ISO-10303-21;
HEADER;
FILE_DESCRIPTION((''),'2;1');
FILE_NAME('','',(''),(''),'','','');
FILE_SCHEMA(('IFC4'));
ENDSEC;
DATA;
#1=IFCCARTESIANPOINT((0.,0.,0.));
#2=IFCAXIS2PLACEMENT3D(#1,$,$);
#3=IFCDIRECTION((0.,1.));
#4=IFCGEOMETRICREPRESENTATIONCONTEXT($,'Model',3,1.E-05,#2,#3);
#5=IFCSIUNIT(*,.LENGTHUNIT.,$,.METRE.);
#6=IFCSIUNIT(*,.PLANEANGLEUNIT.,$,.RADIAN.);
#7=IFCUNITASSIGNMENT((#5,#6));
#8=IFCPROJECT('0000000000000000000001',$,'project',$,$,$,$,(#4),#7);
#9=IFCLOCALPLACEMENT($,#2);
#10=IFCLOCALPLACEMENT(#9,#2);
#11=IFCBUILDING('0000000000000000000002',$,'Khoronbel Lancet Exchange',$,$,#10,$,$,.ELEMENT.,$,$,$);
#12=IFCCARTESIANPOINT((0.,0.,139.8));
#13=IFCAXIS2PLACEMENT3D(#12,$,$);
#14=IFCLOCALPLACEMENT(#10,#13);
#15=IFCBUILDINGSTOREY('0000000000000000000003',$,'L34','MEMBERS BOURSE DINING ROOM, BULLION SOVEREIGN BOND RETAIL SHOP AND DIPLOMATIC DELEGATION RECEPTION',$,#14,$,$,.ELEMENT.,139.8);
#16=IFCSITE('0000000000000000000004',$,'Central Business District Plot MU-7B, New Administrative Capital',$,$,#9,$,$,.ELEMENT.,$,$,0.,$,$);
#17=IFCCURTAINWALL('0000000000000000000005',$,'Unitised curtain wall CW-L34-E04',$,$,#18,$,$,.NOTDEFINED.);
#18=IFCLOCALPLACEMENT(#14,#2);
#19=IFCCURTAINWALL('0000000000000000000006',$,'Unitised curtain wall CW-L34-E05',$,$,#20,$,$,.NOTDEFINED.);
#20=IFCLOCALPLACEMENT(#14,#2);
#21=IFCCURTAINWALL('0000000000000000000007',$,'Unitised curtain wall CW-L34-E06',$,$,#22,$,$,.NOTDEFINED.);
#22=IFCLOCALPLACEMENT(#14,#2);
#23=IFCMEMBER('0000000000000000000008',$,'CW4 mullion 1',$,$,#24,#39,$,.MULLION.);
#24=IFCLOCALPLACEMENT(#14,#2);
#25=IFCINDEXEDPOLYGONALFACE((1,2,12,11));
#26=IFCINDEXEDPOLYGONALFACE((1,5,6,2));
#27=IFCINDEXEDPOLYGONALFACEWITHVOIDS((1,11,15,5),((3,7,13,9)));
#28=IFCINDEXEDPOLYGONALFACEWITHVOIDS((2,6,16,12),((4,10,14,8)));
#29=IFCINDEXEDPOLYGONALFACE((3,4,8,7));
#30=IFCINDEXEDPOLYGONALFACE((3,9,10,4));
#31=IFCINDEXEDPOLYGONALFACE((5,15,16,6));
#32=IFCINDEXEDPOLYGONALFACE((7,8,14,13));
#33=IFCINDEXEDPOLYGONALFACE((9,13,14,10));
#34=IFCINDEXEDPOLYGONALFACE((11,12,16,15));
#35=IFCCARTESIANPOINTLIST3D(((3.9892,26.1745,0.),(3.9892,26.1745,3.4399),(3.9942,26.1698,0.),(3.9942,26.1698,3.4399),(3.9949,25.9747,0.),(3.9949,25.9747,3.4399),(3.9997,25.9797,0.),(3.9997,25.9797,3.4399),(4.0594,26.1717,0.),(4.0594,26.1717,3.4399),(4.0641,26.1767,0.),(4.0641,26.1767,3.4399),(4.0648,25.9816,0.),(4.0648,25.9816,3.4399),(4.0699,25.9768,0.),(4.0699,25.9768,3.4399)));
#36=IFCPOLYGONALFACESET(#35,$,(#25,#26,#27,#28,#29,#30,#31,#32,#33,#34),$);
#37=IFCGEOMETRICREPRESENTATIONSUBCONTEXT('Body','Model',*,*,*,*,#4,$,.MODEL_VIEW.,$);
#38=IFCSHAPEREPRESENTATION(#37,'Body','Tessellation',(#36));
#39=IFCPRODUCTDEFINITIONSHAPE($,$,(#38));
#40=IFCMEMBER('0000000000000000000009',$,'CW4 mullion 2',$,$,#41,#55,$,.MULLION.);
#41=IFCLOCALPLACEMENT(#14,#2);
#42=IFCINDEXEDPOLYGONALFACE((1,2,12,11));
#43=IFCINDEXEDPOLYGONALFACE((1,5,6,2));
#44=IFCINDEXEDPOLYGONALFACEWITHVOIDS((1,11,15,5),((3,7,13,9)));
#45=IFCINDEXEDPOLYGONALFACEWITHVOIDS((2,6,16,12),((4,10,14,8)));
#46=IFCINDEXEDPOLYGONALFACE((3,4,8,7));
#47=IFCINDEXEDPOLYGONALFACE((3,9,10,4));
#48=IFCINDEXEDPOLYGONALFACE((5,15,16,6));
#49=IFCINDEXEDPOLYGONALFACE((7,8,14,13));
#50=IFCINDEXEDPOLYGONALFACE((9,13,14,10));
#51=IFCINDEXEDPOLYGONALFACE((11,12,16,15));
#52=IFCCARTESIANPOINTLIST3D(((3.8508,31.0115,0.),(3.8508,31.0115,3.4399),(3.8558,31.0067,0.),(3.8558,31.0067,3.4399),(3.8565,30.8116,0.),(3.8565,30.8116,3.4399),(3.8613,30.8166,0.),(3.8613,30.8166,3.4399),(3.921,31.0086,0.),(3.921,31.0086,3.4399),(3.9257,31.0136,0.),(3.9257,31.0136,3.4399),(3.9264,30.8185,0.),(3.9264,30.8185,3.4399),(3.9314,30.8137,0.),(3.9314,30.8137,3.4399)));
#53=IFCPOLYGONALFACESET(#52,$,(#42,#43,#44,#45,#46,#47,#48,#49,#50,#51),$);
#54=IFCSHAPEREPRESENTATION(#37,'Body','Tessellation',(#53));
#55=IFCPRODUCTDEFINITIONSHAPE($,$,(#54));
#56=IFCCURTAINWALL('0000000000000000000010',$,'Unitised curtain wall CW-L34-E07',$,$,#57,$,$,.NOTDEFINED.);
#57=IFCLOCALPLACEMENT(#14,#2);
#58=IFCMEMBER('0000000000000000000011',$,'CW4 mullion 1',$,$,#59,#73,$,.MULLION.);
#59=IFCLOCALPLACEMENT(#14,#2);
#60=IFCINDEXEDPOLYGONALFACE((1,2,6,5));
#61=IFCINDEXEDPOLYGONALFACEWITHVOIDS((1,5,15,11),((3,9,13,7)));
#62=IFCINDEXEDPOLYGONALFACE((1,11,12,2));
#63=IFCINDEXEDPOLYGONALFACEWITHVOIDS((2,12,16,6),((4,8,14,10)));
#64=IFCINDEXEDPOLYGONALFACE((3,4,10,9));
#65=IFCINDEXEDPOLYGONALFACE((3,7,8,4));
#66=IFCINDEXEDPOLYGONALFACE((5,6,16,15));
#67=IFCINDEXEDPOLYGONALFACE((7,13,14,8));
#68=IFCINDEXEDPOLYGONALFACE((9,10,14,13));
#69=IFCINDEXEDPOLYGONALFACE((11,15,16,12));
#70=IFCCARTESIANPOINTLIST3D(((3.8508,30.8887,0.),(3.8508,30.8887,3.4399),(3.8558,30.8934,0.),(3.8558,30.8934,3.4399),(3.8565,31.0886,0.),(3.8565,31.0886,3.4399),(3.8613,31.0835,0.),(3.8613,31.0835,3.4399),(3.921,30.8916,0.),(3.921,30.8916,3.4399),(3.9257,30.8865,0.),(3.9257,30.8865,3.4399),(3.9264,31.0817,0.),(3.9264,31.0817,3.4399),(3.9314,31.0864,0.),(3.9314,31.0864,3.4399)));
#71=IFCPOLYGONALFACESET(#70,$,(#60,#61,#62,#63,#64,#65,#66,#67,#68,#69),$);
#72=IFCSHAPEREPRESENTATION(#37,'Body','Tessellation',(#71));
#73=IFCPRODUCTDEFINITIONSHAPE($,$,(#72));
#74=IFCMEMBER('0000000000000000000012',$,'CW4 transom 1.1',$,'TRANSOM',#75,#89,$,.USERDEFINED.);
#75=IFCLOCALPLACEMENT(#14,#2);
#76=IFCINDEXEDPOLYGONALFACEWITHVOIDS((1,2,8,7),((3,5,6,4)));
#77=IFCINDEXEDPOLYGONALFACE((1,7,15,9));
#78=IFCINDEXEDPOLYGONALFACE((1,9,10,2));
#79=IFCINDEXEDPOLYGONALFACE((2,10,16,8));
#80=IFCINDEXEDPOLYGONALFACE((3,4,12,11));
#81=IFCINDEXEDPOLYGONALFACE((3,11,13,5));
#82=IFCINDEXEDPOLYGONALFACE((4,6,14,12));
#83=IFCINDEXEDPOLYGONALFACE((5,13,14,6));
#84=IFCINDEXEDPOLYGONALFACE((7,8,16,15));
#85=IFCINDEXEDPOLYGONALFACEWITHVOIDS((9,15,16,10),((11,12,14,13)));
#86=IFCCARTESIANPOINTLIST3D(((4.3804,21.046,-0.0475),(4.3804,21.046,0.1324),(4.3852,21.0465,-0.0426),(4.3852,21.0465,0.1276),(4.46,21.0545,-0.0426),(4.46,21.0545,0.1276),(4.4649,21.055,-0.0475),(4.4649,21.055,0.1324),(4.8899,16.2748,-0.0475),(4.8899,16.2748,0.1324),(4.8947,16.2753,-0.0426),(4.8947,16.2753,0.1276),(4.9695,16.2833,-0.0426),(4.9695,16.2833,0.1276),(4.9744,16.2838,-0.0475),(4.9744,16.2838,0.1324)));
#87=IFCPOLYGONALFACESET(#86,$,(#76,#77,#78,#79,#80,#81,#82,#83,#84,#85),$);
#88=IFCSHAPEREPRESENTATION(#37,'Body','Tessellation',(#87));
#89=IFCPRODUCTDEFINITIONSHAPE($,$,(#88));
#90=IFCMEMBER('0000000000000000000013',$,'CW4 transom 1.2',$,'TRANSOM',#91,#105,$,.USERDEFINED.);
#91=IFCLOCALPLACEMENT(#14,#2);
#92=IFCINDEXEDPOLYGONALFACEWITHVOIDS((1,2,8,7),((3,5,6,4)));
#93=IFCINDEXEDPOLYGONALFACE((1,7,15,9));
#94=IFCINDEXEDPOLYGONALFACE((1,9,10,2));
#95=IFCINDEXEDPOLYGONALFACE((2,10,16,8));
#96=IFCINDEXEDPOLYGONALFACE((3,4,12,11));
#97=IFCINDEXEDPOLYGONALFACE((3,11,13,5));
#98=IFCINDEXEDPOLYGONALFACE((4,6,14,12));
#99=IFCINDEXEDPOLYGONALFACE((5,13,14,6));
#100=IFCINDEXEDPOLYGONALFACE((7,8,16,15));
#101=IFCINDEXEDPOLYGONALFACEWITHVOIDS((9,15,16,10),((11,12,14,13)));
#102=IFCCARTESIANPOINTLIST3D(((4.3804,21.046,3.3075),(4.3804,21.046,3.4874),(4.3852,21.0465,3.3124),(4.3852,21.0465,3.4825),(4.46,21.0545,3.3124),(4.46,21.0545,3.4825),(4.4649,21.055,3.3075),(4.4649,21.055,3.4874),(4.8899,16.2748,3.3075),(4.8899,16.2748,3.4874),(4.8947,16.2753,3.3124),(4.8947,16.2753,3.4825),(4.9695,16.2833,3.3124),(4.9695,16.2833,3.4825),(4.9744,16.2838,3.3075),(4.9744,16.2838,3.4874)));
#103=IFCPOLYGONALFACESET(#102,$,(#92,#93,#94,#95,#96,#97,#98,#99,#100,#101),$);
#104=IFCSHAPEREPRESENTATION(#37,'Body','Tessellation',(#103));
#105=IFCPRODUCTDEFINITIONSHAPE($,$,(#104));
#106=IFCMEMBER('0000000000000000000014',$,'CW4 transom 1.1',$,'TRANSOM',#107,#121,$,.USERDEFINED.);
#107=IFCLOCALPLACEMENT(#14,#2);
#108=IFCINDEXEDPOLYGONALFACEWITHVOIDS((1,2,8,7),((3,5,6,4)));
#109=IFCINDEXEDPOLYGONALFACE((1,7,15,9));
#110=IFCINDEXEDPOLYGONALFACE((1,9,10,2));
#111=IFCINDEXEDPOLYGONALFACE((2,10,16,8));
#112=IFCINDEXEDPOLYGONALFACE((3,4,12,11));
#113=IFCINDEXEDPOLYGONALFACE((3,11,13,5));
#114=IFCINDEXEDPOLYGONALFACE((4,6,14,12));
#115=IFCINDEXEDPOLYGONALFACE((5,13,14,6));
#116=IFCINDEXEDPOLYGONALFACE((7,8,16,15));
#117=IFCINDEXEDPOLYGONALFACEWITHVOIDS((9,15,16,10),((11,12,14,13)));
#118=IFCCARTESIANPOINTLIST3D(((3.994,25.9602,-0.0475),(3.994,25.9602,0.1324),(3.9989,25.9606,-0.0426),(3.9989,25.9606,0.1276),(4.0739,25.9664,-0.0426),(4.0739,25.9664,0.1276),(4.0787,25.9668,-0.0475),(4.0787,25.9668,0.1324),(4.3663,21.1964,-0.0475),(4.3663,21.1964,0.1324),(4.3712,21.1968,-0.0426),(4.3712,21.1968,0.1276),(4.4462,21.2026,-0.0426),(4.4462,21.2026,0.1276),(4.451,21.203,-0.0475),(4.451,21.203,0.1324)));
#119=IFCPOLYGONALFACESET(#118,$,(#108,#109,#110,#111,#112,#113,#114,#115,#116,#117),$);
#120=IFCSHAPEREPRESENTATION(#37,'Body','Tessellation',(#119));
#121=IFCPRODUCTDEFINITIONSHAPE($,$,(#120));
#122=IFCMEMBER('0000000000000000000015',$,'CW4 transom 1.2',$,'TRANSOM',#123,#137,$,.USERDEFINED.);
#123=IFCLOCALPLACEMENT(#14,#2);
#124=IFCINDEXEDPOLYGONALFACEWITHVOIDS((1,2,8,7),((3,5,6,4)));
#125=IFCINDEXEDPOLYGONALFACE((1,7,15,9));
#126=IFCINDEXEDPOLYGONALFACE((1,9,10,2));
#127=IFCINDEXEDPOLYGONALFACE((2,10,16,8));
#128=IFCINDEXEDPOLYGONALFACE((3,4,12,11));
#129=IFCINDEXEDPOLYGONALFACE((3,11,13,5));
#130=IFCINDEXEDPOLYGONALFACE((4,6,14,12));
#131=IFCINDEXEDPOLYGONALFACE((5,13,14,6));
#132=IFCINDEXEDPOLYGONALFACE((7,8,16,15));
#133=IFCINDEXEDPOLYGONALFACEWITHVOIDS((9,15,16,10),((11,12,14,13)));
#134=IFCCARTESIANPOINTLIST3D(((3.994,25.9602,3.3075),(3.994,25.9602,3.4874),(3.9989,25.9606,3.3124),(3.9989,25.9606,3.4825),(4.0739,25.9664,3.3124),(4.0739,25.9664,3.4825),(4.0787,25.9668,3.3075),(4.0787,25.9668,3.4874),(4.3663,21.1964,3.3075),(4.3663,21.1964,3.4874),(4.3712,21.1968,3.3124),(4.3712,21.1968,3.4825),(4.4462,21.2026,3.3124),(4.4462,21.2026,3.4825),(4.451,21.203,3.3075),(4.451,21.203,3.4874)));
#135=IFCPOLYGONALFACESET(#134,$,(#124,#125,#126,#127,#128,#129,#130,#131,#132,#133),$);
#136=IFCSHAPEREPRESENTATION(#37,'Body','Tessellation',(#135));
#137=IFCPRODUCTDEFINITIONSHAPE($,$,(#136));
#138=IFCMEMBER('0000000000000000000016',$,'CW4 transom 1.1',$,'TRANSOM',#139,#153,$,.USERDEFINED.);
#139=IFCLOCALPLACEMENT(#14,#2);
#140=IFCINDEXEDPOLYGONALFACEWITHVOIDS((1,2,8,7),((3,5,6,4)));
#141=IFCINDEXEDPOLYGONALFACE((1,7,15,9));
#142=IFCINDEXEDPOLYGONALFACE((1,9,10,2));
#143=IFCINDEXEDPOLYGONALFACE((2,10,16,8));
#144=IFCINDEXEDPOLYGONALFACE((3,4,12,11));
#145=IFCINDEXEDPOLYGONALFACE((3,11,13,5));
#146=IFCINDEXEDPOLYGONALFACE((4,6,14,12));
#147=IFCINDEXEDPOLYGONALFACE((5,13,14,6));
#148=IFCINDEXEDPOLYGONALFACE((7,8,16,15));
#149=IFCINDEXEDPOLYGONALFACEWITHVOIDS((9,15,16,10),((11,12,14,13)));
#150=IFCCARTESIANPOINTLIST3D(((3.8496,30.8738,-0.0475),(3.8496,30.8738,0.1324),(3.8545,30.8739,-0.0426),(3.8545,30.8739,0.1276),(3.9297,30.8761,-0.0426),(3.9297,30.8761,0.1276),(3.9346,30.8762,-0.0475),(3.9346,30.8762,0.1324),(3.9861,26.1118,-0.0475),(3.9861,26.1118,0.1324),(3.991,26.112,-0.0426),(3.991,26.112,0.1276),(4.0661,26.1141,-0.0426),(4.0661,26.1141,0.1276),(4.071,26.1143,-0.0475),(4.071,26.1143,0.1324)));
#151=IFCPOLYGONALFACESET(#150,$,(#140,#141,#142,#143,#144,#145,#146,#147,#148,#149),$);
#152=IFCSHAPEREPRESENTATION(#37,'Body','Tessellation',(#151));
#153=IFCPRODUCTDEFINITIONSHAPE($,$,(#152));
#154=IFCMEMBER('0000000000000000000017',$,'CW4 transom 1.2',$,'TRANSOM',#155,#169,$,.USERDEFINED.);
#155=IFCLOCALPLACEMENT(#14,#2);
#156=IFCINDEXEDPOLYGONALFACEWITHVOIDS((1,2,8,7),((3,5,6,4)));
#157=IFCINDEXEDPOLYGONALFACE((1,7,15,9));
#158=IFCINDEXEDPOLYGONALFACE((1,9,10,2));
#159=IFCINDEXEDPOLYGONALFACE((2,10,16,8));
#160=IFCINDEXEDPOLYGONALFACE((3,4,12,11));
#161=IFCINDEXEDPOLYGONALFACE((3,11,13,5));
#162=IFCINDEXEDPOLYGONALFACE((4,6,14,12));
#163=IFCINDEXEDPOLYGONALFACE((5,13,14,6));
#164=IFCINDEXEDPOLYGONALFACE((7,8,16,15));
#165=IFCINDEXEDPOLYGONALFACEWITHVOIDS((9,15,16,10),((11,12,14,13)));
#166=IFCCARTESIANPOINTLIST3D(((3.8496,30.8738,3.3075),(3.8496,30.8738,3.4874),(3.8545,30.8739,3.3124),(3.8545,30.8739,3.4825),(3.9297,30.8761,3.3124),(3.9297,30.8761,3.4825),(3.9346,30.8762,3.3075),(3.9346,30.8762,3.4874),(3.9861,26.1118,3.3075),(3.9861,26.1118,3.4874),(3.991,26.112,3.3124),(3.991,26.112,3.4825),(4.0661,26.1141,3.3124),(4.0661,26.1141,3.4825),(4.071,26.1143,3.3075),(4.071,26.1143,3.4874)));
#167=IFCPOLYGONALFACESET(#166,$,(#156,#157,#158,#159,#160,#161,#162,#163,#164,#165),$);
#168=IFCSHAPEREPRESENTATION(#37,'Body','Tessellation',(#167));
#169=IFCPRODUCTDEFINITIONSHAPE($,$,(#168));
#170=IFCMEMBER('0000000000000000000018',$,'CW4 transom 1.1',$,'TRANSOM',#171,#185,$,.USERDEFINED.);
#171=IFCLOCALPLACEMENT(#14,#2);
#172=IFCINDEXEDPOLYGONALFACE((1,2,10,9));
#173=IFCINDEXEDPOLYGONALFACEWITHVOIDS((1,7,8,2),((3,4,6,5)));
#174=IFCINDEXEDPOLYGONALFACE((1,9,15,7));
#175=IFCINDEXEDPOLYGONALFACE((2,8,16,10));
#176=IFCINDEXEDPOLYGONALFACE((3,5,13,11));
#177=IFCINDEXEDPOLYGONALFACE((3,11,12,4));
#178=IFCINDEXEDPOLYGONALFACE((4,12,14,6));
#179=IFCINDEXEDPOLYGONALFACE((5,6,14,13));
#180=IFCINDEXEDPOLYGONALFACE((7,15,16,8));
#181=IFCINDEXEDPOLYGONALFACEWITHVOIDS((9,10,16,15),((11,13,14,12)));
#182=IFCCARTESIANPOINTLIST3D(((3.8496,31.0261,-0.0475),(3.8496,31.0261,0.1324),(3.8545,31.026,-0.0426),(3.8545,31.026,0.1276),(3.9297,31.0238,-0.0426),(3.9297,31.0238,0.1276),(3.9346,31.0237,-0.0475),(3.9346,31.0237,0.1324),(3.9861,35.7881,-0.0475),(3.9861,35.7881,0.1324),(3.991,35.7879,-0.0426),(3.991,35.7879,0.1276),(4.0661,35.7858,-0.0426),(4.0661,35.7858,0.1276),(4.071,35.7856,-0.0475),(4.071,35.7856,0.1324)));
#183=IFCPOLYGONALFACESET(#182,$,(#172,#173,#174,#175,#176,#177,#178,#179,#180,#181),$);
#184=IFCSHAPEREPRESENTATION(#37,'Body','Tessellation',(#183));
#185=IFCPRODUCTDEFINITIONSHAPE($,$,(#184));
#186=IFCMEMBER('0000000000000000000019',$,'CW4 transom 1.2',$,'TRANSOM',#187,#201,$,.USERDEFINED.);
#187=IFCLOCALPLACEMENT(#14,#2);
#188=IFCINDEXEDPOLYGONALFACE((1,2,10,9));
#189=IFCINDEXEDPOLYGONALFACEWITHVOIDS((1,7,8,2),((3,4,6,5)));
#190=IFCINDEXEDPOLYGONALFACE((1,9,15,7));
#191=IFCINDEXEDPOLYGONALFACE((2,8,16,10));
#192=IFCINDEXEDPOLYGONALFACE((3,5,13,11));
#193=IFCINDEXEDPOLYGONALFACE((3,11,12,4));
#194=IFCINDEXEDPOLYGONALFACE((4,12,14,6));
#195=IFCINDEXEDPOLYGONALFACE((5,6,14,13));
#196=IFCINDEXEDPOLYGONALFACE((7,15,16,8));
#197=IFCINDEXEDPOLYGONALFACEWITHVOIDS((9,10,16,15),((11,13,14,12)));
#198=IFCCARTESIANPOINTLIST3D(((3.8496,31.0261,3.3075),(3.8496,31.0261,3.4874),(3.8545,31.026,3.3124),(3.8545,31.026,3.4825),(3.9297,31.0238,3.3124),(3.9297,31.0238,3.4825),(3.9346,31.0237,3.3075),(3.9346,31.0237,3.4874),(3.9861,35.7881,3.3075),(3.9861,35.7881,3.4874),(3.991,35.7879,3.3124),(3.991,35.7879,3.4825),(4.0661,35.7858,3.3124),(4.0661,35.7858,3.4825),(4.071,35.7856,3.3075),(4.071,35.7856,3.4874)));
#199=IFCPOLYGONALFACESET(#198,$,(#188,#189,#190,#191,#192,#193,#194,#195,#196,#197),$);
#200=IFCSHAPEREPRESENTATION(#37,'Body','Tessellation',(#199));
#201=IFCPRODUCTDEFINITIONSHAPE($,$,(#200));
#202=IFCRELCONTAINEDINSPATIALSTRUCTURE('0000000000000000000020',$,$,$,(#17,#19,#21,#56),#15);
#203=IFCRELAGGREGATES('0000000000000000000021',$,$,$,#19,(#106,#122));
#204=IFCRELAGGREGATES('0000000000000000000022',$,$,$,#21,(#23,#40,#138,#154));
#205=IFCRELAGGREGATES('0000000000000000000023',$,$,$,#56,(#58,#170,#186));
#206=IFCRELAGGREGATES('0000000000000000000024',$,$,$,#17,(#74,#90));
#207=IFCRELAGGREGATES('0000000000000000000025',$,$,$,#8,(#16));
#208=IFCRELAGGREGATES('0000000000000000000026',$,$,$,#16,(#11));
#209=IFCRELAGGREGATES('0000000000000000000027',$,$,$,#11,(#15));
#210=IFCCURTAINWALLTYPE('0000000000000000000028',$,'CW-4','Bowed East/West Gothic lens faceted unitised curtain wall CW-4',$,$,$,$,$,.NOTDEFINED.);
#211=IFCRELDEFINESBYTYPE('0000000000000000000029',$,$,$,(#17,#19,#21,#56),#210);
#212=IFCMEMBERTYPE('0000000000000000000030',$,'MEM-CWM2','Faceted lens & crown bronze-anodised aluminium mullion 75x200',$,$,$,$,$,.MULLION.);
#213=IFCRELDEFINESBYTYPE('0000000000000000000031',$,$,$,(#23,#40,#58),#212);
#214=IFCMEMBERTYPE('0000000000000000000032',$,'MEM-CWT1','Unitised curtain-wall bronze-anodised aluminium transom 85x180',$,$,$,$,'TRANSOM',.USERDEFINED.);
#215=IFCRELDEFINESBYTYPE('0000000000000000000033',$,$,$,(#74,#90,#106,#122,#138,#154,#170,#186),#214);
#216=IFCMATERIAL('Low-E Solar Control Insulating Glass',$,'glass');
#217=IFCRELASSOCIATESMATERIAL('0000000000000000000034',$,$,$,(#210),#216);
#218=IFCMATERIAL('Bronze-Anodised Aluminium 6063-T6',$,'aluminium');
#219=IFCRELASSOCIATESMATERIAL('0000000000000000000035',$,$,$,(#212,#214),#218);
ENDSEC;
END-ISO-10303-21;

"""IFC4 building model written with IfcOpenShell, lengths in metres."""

from ifc_helpers import new_model, si_unit, direction, frame, origin, origin_2d, place, context, subcontext, project, spatial, hollow_rectangle, extrude, material, material_profile, profile_set, type_object, element, aggregate, save


model = new_model("IFC4")

# Units and contexts
model_context = context("Model", 3, precision=1e-05, world=origin(), true_north=direction((0.0, 1.0)))
body_context = subcontext(model_context, "Body", "Model", "MODEL_VIEW")
ifc_project = project(units=[si_unit("LENGTHUNIT", "METRE"), si_unit("PLANEANGLEUNIT", "RADIAN")], contexts=[model_context])

# Site, building, storey
site_placement = place(None, origin())
site = spatial("IfcSite", under=ifc_project, at=site_placement, Name="Central Business District Plot MU-7B, New Administrative Capital", CompositionType="ELEMENT", RefElevation=0.0)
building_placement = place(site_placement, origin())
building = spatial("IfcBuilding", under=site, at=building_placement, Name="Khoronbel Lancet Exchange", CompositionType="ELEMENT")
storey_placement = place(building_placement, frame((0.0, 0.0, 139.8)))
storey = spatial("IfcBuildingStorey", under=building, at=storey_placement, Name="L34", Description="MEMBERS BOURSE DINING ROOM, BULLION SOVEREIGN BOND RETAIL SHOP AND DIPLOMATIC DELEGATION RECEPTION", CompositionType="ELEMENT", Elevation=139.8)

# Curtain walls, members
ifc_material_1 = material(Name="Low-E Solar Control Insulating Glass", Category="glass")
curtain_wall_type = type_object("IfcCurtainWallType", Name="CW-4", Description="Bowed East/West Gothic lens faceted unitised curtain wall CW-4", PredefinedType="NOTDEFINED", material=ifc_material_1)
curtain_wall_1_placement = place(storey_placement, origin())
curtain_wall_1 = element("IfcCurtainWall", 1, at=curtain_wall_1_placement, inside=storey, type_object=curtain_wall_type, Name="Unitised curtain wall CW-L34-E04", PredefinedType="NOTDEFINED")
ifc_material_2 = material(Name="Bronze-Anodised Aluminium 6063-T6", Category="aluminium")
ifc_material_profile_1 = material_profile(ifc_material_2, hollow_rectangle(XDim=0.075, YDim=0.2, WallThickness=0.0049, at=origin_2d()), Name="ALU MULLION 75x200")
ifc_profile_set_1 = profile_set([ifc_material_profile_1], Name="Bronze-Anodised Aluminium 6063-T6")
member_type_1 = type_object("IfcMemberType", Name="MEM-CWM2", Description="Faceted lens & crown bronze-anodised aluminium mullion 75x200", PredefinedType="MULLION", material=ifc_profile_set_1)
curtain_wall_2_placement = place(storey_placement, origin())
curtain_wall_2 = element("IfcCurtainWall", 2, at=curtain_wall_2_placement, inside=storey, type_object=curtain_wall_type, Name="Unitised curtain wall CW-L34-E05", PredefinedType="NOTDEFINED")
curtain_wall_3_placement = place(storey_placement, origin())
curtain_wall_3 = element("IfcCurtainWall", 3, at=curtain_wall_3_placement, inside=storey, type_object=curtain_wall_type, Name="Unitised curtain wall CW-L34-E06", PredefinedType="NOTDEFINED")
member_1_placement = place(storey_placement, frame((4.0295, 26.0757, 0.0), z_axis=(0.0, 0.0, 1.0), x_axis=(-0.999591, -0.028613, 0.0)))
member_1 = element("IfcMember", 4, at=member_1_placement, type_object=member_type_1, Name="CW4 mullion 1", PredefinedType="MULLION", context=body_context, shape_type="SweptSolid", body=[
    extrude(hollow_rectangle(XDim=0.075, YDim=0.2, WallThickness=0.0049, at=origin_2d()), origin(), (0.0, 0.0, 1.0), 3.4399),
])
member_2_placement = place(storey_placement, frame((3.8911, 30.9126, 0.0), z_axis=(0.0, 0.0, 1.0), x_axis=(-0.999591, -0.028613, 0.0)))
member_2 = element("IfcMember", 5, at=member_2_placement, type_object=member_type_1, Name="CW4 mullion 2", PredefinedType="MULLION", context=body_context, shape_type="SweptSolid", body=[
    extrude(hollow_rectangle(XDim=0.075, YDim=0.2, WallThickness=0.0049, at=origin_2d()), origin(), (0.0, 0.0, 1.0), 3.4399),
])

# Curtain wall, member
curtain_wall_4_placement = place(storey_placement, origin())
curtain_wall_4 = element("IfcCurtainWall", 6, at=curtain_wall_4_placement, inside=storey, type_object=curtain_wall_type, Name="Unitised curtain wall CW-L34-E07", PredefinedType="NOTDEFINED")
member_3_placement = place(storey_placement, frame((3.8911, 30.9875, 0.0), z_axis=(0.0, 0.0, 1.0), x_axis=(-0.999591, 0.028613, 0.0)))
member_3 = element("IfcMember", 7, at=member_3_placement, type_object=member_type_1, Name="CW4 mullion 1", PredefinedType="MULLION", context=body_context, shape_type="SweptSolid", body=[
    extrude(hollow_rectangle(XDim=0.075, YDim=0.2, WallThickness=0.0049, at=origin_2d()), origin(), (0.0, 0.0, 1.0), 3.4399),
])

# Members
ifc_material_profile_2 = material_profile(ifc_material_2, hollow_rectangle(XDim=0.085, YDim=0.1799, WallThickness=0.0049, at=origin_2d()), Name="ALU TRANSOM 85x180")
ifc_profile_set_2 = profile_set([ifc_material_profile_2], Name="Bronze-Anodised Aluminium 6063-T6")
member_type_2 = type_object("IfcMemberType", Name="MEM-CWT1", Description="Unitised curtain-wall bronze-anodised aluminium transom 85x180", ElementType="TRANSOM", PredefinedType="USERDEFINED", material=ifc_profile_set_2)
member_4_placement = place(storey_placement, frame((4.9321, 16.2793, 0.0425), z_axis=(-0.106186, 0.994346, 0.0), x_axis=(-0.994346, -0.106186, 0.0)))
member_4 = element("IfcMember", 8, at=member_4_placement, type_object=member_type_2, Name="CW4 transom 1.1", ObjectType="TRANSOM", PredefinedType="USERDEFINED", context=body_context, shape_type="SweptSolid", body=[
    extrude(hollow_rectangle(XDim=0.085, YDim=0.1799, WallThickness=0.0049, at=origin_2d()), origin(), (0.0, 0.0, 1.0), 4.7983),
])
member_5_placement = place(storey_placement, frame((4.9321, 16.2793, 3.3975), z_axis=(-0.106186, 0.994346, 0.0), x_axis=(-0.994346, -0.106186, 0.0)))
member_5 = element("IfcMember", 9, at=member_5_placement, type_object=member_type_2, Name="CW4 transom 1.2", ObjectType="TRANSOM", PredefinedType="USERDEFINED", context=body_context, shape_type="SweptSolid", body=[
    extrude(hollow_rectangle(XDim=0.085, YDim=0.1799, WallThickness=0.0049, at=origin_2d()), origin(), (0.0, 0.0, 1.0), 4.7983),
])
member_6_placement = place(storey_placement, frame((4.4087, 21.1997, 0.0425), z_axis=(-0.077919, 0.99696, 0.0), x_axis=(-0.99696, -0.077919, 0.0)))
member_6 = element("IfcMember", 10, at=member_6_placement, type_object=member_type_2, Name="CW4 transom 1.1", ObjectType="TRANSOM", PredefinedType="USERDEFINED", context=body_context, shape_type="SweptSolid", body=[
    extrude(hollow_rectangle(XDim=0.085, YDim=0.1799, WallThickness=0.0049, at=origin_2d()), origin(), (0.0, 0.0, 1.0), 4.7783),
])
member_7_placement = place(storey_placement, frame((4.4087, 21.1997, 3.3975), z_axis=(-0.077919, 0.99696, 0.0), x_axis=(-0.99696, -0.077919, 0.0)))
member_7 = element("IfcMember", 11, at=member_7_placement, type_object=member_type_2, Name="CW4 transom 1.2", ObjectType="TRANSOM", PredefinedType="USERDEFINED", context=body_context, shape_type="SweptSolid", body=[
    extrude(hollow_rectangle(XDim=0.085, YDim=0.1799, WallThickness=0.0049, at=origin_2d()), origin(), (0.0, 0.0, 1.0), 4.7783),
])
member_8_placement = place(storey_placement, frame((4.0286, 26.113, 0.0425), z_axis=(-0.028648, 0.99959, 0.0), x_axis=(-0.99959, -0.028648, 0.0)))
member_8 = element("IfcMember", 12, at=member_8_placement, type_object=member_type_2, Name="CW4 transom 1.1", ObjectType="TRANSOM", PredefinedType="USERDEFINED", context=body_context, shape_type="SweptSolid", body=[
    extrude(hollow_rectangle(XDim=0.085, YDim=0.1799, WallThickness=0.0049, at=origin_2d()), origin(), (0.0, 0.0, 1.0), 4.7639),
])
member_9_placement = place(storey_placement, frame((4.0286, 26.113, 3.3975), z_axis=(-0.028648, 0.99959, 0.0), x_axis=(-0.99959, -0.028648, 0.0)))
member_9 = element("IfcMember", 13, at=member_9_placement, type_object=member_type_2, Name="CW4 transom 1.2", ObjectType="TRANSOM", PredefinedType="USERDEFINED", context=body_context, shape_type="SweptSolid", body=[
    extrude(hollow_rectangle(XDim=0.085, YDim=0.1799, WallThickness=0.0049, at=origin_2d()), origin(), (0.0, 0.0, 1.0), 4.7639),
])
member_10_placement = place(storey_placement, frame((3.8921, 31.0249, 0.0425), z_axis=(0.028648, 0.99959, 0.0), x_axis=(-0.99959, 0.028648, 0.0)))
member_10 = element("IfcMember", 14, at=member_10_placement, type_object=member_type_2, Name="CW4 transom 1.1", ObjectType="TRANSOM", PredefinedType="USERDEFINED", context=body_context, shape_type="SweptSolid", body=[
    extrude(hollow_rectangle(XDim=0.085, YDim=0.1799, WallThickness=0.0049, at=origin_2d()), origin(), (0.0, 0.0, 1.0), 4.7639),
])
member_11_placement = place(storey_placement, frame((3.8921, 31.0249, 3.3975), z_axis=(0.028648, 0.99959, 0.0), x_axis=(-0.99959, 0.028648, 0.0)))
member_11 = element("IfcMember", 15, at=member_11_placement, type_object=member_type_2, Name="CW4 transom 1.2", ObjectType="TRANSOM", PredefinedType="USERDEFINED", context=body_context, shape_type="SweptSolid", body=[
    extrude(hollow_rectangle(XDim=0.085, YDim=0.1799, WallThickness=0.0049, at=origin_2d()), origin(), (0.0, 0.0, 1.0), 4.7639),
])

aggregate(curtain_wall_2, [member_6, member_7])
aggregate(curtain_wall_3, [member_1, member_2, member_8, member_9])
aggregate(curtain_wall_4, [member_3, member_10, member_11])
aggregate(curtain_wall_1, [member_4, member_5])

save(model, "model.ifc")
